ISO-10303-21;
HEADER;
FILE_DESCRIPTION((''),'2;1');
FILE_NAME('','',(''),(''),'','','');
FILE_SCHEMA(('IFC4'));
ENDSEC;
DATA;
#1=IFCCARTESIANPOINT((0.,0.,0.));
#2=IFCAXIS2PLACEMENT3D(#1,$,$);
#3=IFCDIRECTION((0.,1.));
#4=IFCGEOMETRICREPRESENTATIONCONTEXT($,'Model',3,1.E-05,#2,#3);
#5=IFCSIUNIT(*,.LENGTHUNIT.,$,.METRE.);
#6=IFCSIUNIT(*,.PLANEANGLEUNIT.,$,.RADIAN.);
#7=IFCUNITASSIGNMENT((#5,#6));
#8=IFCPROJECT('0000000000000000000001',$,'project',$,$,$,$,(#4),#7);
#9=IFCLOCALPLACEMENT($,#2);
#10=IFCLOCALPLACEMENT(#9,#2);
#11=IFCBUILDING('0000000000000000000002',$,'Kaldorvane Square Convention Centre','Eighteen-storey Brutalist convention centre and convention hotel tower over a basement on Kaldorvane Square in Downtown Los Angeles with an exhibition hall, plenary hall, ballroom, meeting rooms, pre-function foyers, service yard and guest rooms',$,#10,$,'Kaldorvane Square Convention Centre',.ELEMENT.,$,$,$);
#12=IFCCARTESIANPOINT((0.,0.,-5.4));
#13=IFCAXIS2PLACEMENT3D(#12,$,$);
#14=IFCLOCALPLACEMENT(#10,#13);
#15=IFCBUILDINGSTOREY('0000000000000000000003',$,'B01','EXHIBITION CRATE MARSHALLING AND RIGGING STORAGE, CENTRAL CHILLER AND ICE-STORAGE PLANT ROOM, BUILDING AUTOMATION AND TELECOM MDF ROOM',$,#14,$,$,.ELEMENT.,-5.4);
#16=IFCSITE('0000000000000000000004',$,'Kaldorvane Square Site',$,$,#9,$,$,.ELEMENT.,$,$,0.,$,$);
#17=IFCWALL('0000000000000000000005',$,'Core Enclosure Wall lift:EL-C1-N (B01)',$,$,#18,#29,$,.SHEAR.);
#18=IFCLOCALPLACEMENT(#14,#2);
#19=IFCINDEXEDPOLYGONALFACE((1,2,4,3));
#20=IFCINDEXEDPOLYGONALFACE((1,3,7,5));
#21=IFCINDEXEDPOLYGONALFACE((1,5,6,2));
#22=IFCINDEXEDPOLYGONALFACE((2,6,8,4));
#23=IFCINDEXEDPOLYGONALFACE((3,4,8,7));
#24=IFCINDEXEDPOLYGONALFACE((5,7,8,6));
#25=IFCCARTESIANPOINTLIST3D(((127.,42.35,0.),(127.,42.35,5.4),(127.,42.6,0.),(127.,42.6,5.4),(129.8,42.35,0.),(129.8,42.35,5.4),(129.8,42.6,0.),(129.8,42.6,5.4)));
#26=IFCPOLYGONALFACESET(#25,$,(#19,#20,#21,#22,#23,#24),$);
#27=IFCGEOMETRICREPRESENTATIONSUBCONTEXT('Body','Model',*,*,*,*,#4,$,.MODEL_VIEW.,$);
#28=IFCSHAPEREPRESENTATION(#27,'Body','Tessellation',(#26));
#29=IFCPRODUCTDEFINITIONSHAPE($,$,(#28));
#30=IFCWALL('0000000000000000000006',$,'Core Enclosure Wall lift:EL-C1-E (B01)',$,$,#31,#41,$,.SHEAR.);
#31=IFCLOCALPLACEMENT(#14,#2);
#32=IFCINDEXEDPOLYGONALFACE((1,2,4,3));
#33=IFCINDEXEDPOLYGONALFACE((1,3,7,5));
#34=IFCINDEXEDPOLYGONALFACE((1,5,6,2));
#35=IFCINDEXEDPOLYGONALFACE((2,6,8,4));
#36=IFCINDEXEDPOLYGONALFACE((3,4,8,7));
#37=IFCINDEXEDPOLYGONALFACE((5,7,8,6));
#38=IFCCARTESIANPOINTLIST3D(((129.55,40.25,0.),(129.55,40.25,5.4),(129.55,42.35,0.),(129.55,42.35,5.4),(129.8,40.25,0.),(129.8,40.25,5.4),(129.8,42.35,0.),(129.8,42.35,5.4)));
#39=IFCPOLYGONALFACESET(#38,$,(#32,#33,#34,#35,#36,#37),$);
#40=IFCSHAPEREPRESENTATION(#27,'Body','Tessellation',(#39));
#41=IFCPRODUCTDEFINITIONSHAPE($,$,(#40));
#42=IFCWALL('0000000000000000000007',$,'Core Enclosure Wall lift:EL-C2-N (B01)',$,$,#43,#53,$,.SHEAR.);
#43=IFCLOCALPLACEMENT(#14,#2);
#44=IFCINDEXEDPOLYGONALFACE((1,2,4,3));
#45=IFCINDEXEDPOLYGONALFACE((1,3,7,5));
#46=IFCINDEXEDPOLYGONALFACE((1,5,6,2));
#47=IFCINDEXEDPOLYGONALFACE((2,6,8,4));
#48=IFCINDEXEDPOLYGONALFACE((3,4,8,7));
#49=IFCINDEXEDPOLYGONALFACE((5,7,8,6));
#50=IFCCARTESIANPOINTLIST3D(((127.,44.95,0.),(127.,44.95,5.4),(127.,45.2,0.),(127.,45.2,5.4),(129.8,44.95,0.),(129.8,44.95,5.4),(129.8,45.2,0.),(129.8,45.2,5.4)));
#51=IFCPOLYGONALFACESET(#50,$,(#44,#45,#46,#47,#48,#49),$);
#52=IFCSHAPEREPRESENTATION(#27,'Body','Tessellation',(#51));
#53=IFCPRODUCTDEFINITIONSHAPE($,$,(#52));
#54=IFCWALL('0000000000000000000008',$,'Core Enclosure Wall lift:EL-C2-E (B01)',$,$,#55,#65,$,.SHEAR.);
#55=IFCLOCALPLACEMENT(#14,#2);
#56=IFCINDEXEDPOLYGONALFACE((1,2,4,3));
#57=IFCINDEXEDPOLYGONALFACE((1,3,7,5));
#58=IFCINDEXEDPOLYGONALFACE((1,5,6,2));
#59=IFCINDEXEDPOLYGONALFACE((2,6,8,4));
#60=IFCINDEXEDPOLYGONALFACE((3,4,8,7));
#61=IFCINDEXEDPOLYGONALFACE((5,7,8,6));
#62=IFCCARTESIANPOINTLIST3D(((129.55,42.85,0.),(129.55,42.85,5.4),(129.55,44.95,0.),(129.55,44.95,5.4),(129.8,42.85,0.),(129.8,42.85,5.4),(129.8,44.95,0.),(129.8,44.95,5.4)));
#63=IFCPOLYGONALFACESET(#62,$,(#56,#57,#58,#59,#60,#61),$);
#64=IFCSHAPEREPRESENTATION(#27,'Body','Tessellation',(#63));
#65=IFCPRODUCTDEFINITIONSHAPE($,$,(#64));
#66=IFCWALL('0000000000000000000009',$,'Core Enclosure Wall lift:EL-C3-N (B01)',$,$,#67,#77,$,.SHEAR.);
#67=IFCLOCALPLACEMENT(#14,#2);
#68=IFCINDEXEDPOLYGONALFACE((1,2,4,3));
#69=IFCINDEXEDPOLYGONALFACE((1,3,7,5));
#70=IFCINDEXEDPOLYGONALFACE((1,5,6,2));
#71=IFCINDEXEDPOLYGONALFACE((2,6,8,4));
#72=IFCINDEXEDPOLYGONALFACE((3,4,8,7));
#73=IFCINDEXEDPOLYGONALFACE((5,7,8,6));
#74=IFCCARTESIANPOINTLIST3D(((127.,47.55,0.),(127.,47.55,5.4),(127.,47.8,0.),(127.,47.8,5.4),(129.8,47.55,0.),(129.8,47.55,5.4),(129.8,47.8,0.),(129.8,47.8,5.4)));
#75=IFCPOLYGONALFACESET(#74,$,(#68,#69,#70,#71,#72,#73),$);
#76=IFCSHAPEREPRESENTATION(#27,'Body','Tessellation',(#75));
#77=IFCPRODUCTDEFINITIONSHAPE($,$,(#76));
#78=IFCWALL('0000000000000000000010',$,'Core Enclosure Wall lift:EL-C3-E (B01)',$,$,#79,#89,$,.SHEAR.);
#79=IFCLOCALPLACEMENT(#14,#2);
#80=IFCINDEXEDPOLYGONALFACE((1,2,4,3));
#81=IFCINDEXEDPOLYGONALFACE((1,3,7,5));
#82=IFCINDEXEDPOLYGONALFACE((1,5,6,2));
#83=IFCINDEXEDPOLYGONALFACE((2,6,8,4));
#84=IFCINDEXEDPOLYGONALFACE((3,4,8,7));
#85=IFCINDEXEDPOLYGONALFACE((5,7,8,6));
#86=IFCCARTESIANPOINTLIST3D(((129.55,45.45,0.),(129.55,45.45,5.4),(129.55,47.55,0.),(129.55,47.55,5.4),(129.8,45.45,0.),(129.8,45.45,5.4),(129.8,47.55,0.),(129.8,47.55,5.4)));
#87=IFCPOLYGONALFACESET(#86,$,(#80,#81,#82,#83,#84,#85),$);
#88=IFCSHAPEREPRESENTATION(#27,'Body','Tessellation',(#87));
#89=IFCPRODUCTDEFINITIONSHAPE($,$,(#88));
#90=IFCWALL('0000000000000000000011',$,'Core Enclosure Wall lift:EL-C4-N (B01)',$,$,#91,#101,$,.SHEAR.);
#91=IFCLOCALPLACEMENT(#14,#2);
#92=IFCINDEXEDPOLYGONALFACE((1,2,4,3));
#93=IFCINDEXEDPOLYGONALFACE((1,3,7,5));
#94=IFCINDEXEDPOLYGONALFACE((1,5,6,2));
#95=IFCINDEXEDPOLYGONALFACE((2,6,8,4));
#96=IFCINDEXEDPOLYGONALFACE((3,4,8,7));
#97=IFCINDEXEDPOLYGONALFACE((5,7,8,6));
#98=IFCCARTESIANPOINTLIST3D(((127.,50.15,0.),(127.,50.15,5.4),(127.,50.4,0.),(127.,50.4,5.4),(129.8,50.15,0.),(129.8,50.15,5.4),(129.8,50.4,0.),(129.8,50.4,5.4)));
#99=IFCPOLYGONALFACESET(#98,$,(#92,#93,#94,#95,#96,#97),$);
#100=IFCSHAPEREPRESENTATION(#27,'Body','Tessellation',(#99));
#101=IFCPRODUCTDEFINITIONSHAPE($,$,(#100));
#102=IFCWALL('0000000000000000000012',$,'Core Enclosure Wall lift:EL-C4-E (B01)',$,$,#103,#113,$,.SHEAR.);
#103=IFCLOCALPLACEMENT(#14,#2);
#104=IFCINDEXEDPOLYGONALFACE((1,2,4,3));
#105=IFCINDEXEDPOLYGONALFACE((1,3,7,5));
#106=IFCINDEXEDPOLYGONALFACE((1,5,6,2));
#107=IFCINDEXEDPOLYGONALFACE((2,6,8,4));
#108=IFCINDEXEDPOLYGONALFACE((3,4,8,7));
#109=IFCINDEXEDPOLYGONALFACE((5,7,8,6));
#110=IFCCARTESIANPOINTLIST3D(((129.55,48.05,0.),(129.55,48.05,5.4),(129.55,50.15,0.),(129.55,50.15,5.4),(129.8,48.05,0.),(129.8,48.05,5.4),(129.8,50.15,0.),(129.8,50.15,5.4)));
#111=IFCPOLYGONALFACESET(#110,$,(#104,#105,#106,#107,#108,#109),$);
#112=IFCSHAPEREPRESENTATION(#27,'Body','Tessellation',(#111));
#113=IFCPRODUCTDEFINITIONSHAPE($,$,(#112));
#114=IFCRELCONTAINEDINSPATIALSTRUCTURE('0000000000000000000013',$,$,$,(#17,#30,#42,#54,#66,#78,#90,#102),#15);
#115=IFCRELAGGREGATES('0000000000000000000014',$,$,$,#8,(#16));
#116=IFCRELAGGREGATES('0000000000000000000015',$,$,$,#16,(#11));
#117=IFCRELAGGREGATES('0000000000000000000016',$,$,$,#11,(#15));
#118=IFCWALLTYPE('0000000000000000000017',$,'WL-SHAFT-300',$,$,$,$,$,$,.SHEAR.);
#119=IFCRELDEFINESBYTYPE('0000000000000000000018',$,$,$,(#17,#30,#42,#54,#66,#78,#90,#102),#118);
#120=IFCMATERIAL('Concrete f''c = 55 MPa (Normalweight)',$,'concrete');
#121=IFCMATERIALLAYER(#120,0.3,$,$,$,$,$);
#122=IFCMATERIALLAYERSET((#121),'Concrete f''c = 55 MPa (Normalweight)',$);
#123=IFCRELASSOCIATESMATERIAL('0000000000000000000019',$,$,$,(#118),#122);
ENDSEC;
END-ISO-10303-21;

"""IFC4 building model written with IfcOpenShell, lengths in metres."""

from ifc_helpers import new_model, si_unit, direction, frame, frame_2d, origin, place, context, subcontext, project, spatial, rectangle, extrude, material, layer, layer_set, type_object, element, save


model = new_model("IFC4")

# Units and contexts
model_context = context("Model", 3, precision=1e-05, world=origin(), true_north=direction((0.0, 1.0)))
body_context = subcontext(model_context, "Body", "Model", "MODEL_VIEW")
ifc_project = project(units=[si_unit("LENGTHUNIT", "METRE"), si_unit("PLANEANGLEUNIT", "RADIAN")], contexts=[model_context])

# Site, building, storey
site_placement = place(None, origin())
site = spatial("IfcSite", under=ifc_project, at=site_placement, Name="Kaldorvane Square Site", CompositionType="ELEMENT", RefElevation=0.0)
building_placement = place(site_placement, origin())
building = spatial("IfcBuilding", under=site, at=building_placement, Name="Kaldorvane Square Convention Centre", Description="Eighteen-storey Brutalist convention centre and convention hotel tower over a basement on Kaldorvane Square in Downtown Los Angeles with an exhibition hall, plenary hall, ballroom, meeting rooms, pre-function foyers, service yard and guest rooms", LongName="Kaldorvane Square Convention Centre", CompositionType="ELEMENT")
storey_placement = place(building_placement, frame((0.0, 0.0, -5.4)))
storey = spatial("IfcBuildingStorey", under=building, at=storey_placement, Name="B01", Description="EXHIBITION CRATE MARSHALLING AND RIGGING STORAGE, CENTRAL CHILLER AND ICE-STORAGE PLANT ROOM, BUILDING AUTOMATION AND TELECOM MDF ROOM", CompositionType="ELEMENT", Elevation=-5.4)

# Walls
ifc_material_1 = material(Name="Concrete f'c = 55 MPa (Normalweight)", Category="concrete")
ifc_layer = layer(ifc_material_1, 0.3)
ifc_layer_set = layer_set([ifc_layer], Name="Concrete f'c = 55 MPa (Normalweight)")
wall_type = type_object("IfcWallType", Name="WL-SHAFT-300", PredefinedType="SHEAR", material=ifc_layer_set)
wall_1_placement = place(storey_placement, frame((129.8, 42.475, 0.0), z_axis=(0.0, 0.0, 1.0), x_axis=(-1.0, 0.0, 0.0)))
element("IfcWall", 1, at=wall_1_placement, inside=storey, type_object=wall_type, Name="Core Enclosure Wall lift:EL-C1-N (B01)", PredefinedType="SHEAR", context=body_context, shape_type="SweptSolid", body=[
    extrude(rectangle(XDim=2.8, YDim=0.25, at=frame_2d((1.4, 0.0))), origin(), (0.0, 0.0, 1.0), 5.4),
])
wall_2_placement = place(storey_placement, frame((129.675, 40.25, 0.0), z_axis=(0.0, 0.0, 1.0), x_axis=(0.0, 1.0, 0.0)))
element("IfcWall", 2, at=wall_2_placement, inside=storey, type_object=wall_type, Name="Core Enclosure Wall lift:EL-C1-E (B01)", PredefinedType="SHEAR", context=body_context, shape_type="SweptSolid", body=[
    extrude(rectangle(XDim=2.1, YDim=0.25, at=frame_2d((1.05, 0.0))), origin(), (0.0, 0.0, 1.0), 5.4),
])
wall_3_placement = place(storey_placement, frame((129.8, 45.075, 0.0), z_axis=(0.0, 0.0, 1.0), x_axis=(-1.0, 0.0, 0.0)))
element("IfcWall", 3, at=wall_3_placement, inside=storey, type_object=wall_type, Name="Core Enclosure Wall lift:EL-C2-N (B01)", PredefinedType="SHEAR", context=body_context, shape_type="SweptSolid", body=[
    extrude(rectangle(XDim=2.8, YDim=0.25, at=frame_2d((1.4, 0.0))), origin(), (0.0, 0.0, 1.0), 5.4),
])
wall_4_placement = place(storey_placement, frame((129.675, 42.85, 0.0), z_axis=(0.0, 0.0, 1.0), x_axis=(0.0, 1.0, 0.0)))
element("IfcWall", 4, at=wall_4_placement, inside=storey, type_object=wall_type, Name="Core Enclosure Wall lift:EL-C2-E (B01)", PredefinedType="SHEAR", context=body_context, shape_type="SweptSolid", body=[
    extrude(rectangle(XDim=2.1, YDim=0.25, at=frame_2d((1.05, 0.0))), origin(), (0.0, 0.0, 1.0), 5.4),
])
wall_5_placement = place(storey_placement, frame((129.8, 47.675, 0.0), z_axis=(0.0, 0.0, 1.0), x_axis=(-1.0, 0.0, 0.0)))
element("IfcWall", 5, at=wall_5_placement, inside=storey, type_object=wall_type, Name="Core Enclosure Wall lift:EL-C3-N (B01)", PredefinedType="SHEAR", context=body_context, shape_type="SweptSolid", body=[
    extrude(rectangle(XDim=2.8, YDim=0.25, at=frame_2d((1.4, 0.0))), origin(), (0.0, 0.0, 1.0), 5.4),
])
wall_6_placement = place(storey_placement, frame((129.675, 45.45, 0.0), z_axis=(0.0, 0.0, 1.0), x_axis=(0.0, 1.0, 0.0)))
element("IfcWall", 6, at=wall_6_placement, inside=storey, type_object=wall_type, Name="Core Enclosure Wall lift:EL-C3-E (B01)", PredefinedType="SHEAR", context=body_context, shape_type="SweptSolid", body=[
    extrude(rectangle(XDim=2.1, YDim=0.25, at=frame_2d((1.05, 0.0))), origin(), (0.0, 0.0, 1.0), 5.4),
])
wall_7_placement = place(storey_placement, frame((129.8, 50.275, 0.0), z_axis=(0.0, 0.0, 1.0), x_axis=(-1.0, 0.0, 0.0)))
element("IfcWall", 7, at=wall_7_placement, inside=storey, type_object=wall_type, Name="Core Enclosure Wall lift:EL-C4-N (B01)", PredefinedType="SHEAR", context=body_context, shape_type="SweptSolid", body=[
    extrude(rectangle(XDim=2.8, YDim=0.25, at=frame_2d((1.4, 0.0))), origin(), (0.0, 0.0, 1.0), 5.4),
])
wall_8_placement = place(storey_placement, frame((129.675, 48.05, 0.0), z_axis=(0.0, 0.0, 1.0), x_axis=(0.0, 1.0, 0.0)))
element("IfcWall", 8, at=wall_8_placement, inside=storey, type_object=wall_type, Name="Core Enclosure Wall lift:EL-C4-E (B01)", PredefinedType="SHEAR", context=body_context, shape_type="SweptSolid", body=[
    extrude(rectangle(XDim=2.1, YDim=0.25, at=frame_2d((1.05, 0.0))), origin(), (0.0, 0.0, 1.0), 5.4),
])

save(model, "model.ifc")
